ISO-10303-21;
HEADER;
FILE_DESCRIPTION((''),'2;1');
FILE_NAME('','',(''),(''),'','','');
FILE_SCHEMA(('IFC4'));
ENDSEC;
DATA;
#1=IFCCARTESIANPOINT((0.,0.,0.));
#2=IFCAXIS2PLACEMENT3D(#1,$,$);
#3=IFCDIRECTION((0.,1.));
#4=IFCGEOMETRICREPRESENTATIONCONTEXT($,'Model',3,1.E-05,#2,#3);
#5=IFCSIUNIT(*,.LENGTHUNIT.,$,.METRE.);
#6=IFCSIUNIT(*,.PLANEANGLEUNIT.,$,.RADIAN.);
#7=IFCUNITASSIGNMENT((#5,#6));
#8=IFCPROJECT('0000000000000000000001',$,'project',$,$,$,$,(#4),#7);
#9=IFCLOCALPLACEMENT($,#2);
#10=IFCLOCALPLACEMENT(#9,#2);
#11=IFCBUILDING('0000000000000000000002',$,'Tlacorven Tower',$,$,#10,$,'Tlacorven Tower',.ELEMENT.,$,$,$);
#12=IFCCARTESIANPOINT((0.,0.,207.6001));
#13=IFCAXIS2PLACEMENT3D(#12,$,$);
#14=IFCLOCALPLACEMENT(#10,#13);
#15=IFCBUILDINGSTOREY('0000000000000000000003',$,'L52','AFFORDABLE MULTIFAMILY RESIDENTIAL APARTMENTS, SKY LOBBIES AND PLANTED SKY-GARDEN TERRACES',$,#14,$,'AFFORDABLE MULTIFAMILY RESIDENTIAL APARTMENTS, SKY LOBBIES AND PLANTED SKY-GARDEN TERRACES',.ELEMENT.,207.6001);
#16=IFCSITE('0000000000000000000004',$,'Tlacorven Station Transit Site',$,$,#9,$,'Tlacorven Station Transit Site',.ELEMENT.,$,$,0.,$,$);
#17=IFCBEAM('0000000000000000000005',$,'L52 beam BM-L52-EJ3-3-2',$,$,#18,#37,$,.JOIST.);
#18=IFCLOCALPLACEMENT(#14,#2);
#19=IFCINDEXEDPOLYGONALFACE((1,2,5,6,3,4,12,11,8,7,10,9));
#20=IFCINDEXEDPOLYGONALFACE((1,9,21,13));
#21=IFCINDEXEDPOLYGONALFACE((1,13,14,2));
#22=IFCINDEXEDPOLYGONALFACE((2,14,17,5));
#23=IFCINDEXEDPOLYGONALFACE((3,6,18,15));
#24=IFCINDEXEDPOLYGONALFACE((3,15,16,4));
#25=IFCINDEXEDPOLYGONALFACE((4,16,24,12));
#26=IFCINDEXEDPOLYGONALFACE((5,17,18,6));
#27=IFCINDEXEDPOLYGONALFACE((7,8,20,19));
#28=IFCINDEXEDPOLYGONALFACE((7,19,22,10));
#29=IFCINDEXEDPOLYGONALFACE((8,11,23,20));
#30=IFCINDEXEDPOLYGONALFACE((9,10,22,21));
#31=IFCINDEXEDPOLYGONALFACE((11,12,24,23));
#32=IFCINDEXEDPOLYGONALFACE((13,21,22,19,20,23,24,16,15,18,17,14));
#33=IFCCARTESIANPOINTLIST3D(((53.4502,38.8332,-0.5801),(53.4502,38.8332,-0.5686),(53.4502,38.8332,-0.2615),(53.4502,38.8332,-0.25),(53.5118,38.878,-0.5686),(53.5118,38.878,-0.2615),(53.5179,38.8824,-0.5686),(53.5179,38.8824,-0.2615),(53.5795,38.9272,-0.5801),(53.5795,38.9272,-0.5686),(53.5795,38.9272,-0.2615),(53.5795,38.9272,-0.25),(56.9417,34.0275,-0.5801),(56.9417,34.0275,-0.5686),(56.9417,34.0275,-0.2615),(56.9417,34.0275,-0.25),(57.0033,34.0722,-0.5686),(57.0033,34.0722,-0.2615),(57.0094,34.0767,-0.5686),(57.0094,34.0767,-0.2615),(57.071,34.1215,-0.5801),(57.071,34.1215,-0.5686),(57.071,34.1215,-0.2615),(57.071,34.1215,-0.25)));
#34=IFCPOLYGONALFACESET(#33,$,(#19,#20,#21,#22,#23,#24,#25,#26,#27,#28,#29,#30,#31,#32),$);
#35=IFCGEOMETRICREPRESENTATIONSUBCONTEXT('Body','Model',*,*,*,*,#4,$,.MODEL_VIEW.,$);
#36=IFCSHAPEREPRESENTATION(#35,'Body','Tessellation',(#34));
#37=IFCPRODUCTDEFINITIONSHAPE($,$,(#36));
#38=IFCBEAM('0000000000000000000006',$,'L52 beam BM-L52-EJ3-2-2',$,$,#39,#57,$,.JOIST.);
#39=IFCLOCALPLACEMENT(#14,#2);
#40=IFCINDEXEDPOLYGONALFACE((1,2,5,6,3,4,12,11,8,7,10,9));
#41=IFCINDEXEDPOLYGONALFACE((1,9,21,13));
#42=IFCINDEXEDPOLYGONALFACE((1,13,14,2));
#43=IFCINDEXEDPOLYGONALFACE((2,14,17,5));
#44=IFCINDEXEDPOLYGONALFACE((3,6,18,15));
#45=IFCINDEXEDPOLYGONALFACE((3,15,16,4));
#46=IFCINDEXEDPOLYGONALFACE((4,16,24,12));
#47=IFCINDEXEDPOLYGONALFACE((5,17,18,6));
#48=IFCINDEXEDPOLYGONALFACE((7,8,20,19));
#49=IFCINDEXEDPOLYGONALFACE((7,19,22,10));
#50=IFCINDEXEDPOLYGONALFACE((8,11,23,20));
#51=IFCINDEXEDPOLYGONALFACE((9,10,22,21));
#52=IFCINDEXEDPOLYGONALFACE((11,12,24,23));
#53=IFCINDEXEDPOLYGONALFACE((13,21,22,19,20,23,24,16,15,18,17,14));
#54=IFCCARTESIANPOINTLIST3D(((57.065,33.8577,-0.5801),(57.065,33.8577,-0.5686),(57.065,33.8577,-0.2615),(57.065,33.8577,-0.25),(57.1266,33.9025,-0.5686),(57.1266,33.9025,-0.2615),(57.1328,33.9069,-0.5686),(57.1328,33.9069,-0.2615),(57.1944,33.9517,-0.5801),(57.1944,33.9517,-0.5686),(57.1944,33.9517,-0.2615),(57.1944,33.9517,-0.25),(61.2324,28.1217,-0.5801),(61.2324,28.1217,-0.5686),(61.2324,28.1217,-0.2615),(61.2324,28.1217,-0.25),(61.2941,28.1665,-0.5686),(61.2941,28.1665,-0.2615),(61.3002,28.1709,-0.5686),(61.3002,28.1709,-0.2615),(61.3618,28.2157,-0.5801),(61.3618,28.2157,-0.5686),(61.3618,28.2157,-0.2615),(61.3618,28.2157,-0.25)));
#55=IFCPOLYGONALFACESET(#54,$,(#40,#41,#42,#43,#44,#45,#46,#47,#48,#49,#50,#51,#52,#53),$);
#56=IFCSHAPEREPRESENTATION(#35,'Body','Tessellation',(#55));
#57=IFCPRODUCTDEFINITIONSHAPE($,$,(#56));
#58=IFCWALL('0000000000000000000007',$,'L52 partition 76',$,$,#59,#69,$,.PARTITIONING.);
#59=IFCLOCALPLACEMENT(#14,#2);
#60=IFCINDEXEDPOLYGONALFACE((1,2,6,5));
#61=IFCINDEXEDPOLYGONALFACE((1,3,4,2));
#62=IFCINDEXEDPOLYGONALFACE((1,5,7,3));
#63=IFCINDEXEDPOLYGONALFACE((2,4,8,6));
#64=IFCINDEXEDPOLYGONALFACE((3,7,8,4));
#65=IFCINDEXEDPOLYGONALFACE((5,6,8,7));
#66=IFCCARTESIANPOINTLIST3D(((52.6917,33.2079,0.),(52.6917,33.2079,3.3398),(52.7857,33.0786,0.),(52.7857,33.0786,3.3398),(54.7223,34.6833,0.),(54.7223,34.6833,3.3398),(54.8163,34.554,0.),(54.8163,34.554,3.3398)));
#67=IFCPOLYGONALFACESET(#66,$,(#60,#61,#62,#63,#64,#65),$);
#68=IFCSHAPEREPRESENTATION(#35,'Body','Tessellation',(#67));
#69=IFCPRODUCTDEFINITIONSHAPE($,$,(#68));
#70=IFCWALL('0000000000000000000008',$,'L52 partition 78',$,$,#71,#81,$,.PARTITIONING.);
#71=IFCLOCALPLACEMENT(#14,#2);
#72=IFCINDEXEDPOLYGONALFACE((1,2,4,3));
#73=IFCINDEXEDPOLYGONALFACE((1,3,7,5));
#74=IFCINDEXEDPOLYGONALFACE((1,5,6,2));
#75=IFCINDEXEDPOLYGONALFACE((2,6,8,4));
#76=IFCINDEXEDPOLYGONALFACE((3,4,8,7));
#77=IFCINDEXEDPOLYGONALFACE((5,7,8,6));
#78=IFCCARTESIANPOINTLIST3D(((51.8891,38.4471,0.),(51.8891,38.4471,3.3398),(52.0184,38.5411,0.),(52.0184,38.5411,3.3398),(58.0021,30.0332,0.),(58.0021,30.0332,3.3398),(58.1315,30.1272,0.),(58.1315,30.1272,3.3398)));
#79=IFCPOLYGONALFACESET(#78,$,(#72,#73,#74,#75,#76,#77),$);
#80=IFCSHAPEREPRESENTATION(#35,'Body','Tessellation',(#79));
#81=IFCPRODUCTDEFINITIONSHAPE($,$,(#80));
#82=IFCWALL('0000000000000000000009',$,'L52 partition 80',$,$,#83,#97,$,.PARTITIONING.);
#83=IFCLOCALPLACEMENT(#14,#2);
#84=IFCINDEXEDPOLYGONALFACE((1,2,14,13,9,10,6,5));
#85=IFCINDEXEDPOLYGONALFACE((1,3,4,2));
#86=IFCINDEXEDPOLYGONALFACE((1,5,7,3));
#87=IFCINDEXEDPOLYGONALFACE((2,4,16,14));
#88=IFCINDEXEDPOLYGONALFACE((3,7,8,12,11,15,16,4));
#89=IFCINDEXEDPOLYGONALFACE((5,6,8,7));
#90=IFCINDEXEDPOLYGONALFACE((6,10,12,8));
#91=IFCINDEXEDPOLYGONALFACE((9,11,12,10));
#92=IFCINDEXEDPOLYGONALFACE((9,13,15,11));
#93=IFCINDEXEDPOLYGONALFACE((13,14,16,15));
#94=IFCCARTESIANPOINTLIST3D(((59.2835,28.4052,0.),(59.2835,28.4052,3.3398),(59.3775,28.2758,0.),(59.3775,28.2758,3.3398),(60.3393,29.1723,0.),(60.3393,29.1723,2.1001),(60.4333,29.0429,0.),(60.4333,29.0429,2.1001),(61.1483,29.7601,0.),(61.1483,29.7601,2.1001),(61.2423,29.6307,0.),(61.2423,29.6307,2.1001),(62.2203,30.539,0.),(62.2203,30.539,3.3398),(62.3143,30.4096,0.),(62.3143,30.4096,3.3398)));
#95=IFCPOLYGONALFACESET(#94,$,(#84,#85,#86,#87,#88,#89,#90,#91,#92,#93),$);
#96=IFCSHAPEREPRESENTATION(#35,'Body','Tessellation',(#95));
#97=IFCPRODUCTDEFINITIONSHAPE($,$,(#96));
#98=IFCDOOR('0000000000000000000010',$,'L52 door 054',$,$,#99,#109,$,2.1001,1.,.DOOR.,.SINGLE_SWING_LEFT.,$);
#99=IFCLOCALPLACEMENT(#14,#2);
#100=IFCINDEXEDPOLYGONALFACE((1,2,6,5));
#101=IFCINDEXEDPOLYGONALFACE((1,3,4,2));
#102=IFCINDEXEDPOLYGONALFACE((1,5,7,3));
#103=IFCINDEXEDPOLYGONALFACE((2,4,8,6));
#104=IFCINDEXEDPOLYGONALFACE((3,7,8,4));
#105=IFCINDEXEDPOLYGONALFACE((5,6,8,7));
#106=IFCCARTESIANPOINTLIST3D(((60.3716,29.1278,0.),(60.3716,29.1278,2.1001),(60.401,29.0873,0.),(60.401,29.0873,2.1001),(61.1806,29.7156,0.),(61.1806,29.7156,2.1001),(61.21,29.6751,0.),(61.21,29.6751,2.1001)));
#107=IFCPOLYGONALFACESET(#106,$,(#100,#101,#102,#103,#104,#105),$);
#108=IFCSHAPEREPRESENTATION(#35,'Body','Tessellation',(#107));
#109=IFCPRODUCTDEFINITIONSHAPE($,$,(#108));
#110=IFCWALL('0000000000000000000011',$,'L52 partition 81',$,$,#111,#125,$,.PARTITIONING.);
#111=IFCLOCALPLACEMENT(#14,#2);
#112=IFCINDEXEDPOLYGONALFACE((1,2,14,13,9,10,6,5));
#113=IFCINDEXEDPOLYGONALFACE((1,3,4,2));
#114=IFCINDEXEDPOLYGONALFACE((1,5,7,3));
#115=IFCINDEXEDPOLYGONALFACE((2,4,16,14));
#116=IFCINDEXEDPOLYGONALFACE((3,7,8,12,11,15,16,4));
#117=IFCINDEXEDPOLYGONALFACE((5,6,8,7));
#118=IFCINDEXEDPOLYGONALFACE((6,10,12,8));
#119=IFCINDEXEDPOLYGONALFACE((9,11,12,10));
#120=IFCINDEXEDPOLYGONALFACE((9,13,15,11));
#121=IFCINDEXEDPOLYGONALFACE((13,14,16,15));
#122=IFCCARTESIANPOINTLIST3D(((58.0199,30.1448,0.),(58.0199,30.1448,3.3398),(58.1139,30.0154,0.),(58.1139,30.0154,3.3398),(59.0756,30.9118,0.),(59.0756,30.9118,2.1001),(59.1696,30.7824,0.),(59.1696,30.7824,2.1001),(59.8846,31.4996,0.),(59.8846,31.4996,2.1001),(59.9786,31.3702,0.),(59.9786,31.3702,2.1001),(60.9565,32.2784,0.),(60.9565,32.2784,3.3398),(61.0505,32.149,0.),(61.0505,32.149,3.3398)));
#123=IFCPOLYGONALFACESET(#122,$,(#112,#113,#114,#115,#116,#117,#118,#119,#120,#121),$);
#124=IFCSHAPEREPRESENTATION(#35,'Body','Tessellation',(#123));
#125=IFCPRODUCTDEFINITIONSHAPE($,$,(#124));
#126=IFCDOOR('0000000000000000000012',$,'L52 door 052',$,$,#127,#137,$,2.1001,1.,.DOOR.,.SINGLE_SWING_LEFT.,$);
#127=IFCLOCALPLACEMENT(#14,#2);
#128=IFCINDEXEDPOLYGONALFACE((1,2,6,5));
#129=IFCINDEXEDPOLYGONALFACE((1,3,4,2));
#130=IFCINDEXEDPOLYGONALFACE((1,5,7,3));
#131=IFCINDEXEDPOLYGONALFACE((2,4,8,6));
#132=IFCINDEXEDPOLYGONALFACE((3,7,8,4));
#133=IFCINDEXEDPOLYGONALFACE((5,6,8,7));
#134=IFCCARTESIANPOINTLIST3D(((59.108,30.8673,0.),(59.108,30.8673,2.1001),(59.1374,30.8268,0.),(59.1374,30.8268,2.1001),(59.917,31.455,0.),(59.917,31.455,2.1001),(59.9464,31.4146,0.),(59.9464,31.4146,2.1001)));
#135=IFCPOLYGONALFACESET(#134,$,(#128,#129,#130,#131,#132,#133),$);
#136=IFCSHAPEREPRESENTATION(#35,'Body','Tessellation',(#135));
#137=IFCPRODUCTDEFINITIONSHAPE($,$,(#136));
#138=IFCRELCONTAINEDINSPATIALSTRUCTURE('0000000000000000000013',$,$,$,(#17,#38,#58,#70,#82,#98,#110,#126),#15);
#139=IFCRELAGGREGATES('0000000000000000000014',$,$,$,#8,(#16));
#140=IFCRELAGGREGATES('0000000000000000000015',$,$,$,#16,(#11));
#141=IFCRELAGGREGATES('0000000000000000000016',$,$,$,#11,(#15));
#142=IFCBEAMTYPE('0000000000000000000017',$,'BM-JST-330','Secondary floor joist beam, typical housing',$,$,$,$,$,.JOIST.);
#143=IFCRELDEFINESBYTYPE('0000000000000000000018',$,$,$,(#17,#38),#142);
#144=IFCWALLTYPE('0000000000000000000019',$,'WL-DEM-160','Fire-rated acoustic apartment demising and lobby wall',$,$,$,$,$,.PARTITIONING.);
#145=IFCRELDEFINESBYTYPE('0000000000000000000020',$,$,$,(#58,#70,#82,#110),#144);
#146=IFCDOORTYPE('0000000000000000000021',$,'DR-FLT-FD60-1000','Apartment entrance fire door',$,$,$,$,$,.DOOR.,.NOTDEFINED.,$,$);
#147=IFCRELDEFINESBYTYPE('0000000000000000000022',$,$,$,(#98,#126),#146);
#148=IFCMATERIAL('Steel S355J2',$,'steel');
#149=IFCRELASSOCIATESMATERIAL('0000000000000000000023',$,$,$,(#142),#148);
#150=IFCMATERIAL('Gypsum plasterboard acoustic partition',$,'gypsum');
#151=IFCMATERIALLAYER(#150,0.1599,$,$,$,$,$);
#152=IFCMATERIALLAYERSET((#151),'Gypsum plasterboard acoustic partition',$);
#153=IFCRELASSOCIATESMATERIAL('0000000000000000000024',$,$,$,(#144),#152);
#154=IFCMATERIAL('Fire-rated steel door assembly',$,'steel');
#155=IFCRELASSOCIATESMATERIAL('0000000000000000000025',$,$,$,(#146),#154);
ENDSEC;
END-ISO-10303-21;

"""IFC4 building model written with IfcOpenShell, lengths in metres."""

from ifc_helpers import new_model, si_unit, direction, frame, frame_2d, origin, origin_2d, place, context, subcontext, project, spatial, rectangle, i_section, extrude, source, transform, mapped, material, layer, layer_set, material_profile, profile_set, type_object, element, fill, save


model = new_model("IFC4")

# Units and contexts
model_context = context("Model", 3, precision=1e-05, world=origin(), true_north=direction((0.0, 1.0)))
body_context = subcontext(model_context, "Body", "Model", "MODEL_VIEW")
ifc_project = project(units=[si_unit("LENGTHUNIT", "METRE"), si_unit("PLANEANGLEUNIT", "RADIAN")], contexts=[model_context])

# Site, building, storey
site_placement = place(None, origin())
site = spatial("IfcSite", under=ifc_project, at=site_placement, Name="Tlacorven Station Transit Site", LongName="Tlacorven Station Transit Site", CompositionType="ELEMENT", RefElevation=0.0)
building_placement = place(site_placement, origin())
building = spatial("IfcBuilding", under=site, at=building_placement, Name="Tlacorven Tower", LongName="Tlacorven Tower", CompositionType="ELEMENT")
storey_placement = place(building_placement, frame((0.0, 0.0, 207.6001)))
storey = spatial("IfcBuildingStorey", under=building, at=storey_placement, Name="L52", Description="AFFORDABLE MULTIFAMILY RESIDENTIAL APARTMENTS, SKY LOBBIES AND PLANTED SKY-GARDEN TERRACES", LongName="AFFORDABLE MULTIFAMILY RESIDENTIAL APARTMENTS, SKY LOBBIES AND PLANTED SKY-GARDEN TERRACES", CompositionType="ELEMENT", Elevation=207.6001)

# Beams
ifc_material_1 = material(Name="Steel S355J2", Category="steel")
ifc_material_profile_1 = material_profile(ifc_material_1, i_section(OverallWidth=0.1599, OverallDepth=0.3301, WebThickness=0.0076, FlangeThickness=0.0115, at=origin_2d()), Name="IPE 330")
ifc_profile_set_1 = profile_set([ifc_material_profile_1], Name="Steel S355J2")
beam_type_1 = type_object("IfcBeamType", Name="BM-JST-330", Description="Secondary floor joist beam, typical housing", PredefinedType="JOIST", material=ifc_profile_set_1)
shared_shape_1 = source(origin(), body_context, "Body", "SweptSolid", [
    extrude(i_section(OverallWidth=0.1599, OverallDepth=0.3301, WebThickness=0.0076, FlangeThickness=0.0115, at=origin_2d()), origin(), (0.0, 0.0, 1.0), 5.9402),
])
for number, where, z_axis, x_axis, name in (
    (1, (57.0063, 34.0745, -0.415), (-0.587778, 0.809022, 0.0), (-0.809022, -0.587778, 0.0), "L52 beam BM-L52-EJ3-3-2"),
):
    element("IfcBeam", number, at=place(storey_placement, frame(where, z_axis=z_axis, x_axis=x_axis)), inside=storey, type_object=beam_type_1, Name=name, PredefinedType="JOIST", context=body_context, shape_type="MappedRepresentation", body=[
        mapped(shared_shape_1, transform((0.0, 0.0, 0.0), scale=1.0)),
    ])
shared_shape_2 = source(origin(), body_context, "Body", "SweptSolid", [
    extrude(i_section(OverallWidth=0.1599, OverallDepth=0.3301, WebThickness=0.0076, FlangeThickness=0.0115, at=origin_2d()), origin(), (0.0, 0.0, 1.0), 7.0901),
])
beam_1_placement = place(storey_placement, frame((61.2971, 28.1687, -0.415), z_axis=(-0.587783, 0.809019, 0.0), x_axis=(-0.809019, -0.587783, 0.0)))
element("IfcBeam", 2, at=beam_1_placement, inside=storey, type_object=beam_type_1, Name="L52 beam BM-L52-EJ3-2-2", PredefinedType="JOIST", context=body_context, shape_type="MappedRepresentation", body=[
    mapped(shared_shape_2, transform((0.0, 0.0, 0.0), scale=1.0)),
])

# Walls
ifc_material_2 = material(Name="Gypsum plasterboard acoustic partition", Category="gypsum")
ifc_layer_1 = layer(ifc_material_2, 0.1599)
ifc_layer_set_1 = layer_set([ifc_layer_1], Name="Gypsum plasterboard acoustic partition")
wall_type_1 = type_object("IfcWallType", Name="WL-DEM-160", Description="Fire-rated acoustic apartment demising and lobby wall", PredefinedType="PARTITIONING", material=ifc_layer_set_1)
wall_1_placement = place(storey_placement, frame((52.7388, 33.1433, 0.0), z_axis=(0.0, 0.0, 1.0), x_axis=(0.809001, 0.587807, 0.0)))
element("IfcWall", 3, at=wall_1_placement, inside=storey, type_object=wall_type_1, Name="L52 partition 76", PredefinedType="PARTITIONING", context=body_context, shape_type="SweptSolid", body=[
    extrude(rectangle(XDim=2.51, YDim=0.1599, at=frame_2d((1.2549, 0.0))), origin(), (0.0, 0.0, 1.0), 3.3398),
])
wall_2_placement = place(storey_placement, frame((58.0669, 30.0801, 0.0), z_axis=(0.0, 0.0, 1.0), x_axis=(-0.587788, 0.809015, 0.0)))
element("IfcWall", 4, at=wall_2_placement, inside=storey, type_object=wall_type_1, Name="L52 partition 78", PredefinedType="PARTITIONING", context=body_context, shape_type="SweptSolid", body=[
    extrude(rectangle(XDim=10.4001, YDim=0.1599, at=frame_2d((5.2002, 0.0))), origin(), (0.0, 0.0, 1.0), 3.3398),
])

# Walls, openings, doors
wall_3_placement = place(storey_placement, frame((59.3306, 28.3406, 0.0), z_axis=(0.0, 0.0, 1.0), x_axis=(0.809004, 0.587804, 0.0)))
wall_3 = element("IfcWall", 5, at=wall_3_placement, inside=storey, type_object=wall_type_1, Name="L52 partition 80", PredefinedType="PARTITIONING", context=body_context, shape_type="SweptSolid", body=[
    extrude(rectangle(XDim=3.6301, YDim=0.1599, at=frame_2d((1.8149, 0.0))), origin(), (0.0, 0.0, 1.0), 3.3398),
])
opening_1_placement = place(wall_3_placement, frame((1.3049, 0.0, 0.0)))
opening_1 = element("IfcOpeningElement", 6, at=opening_1_placement, cuts=wall_3, PredefinedType="OPENING", context=body_context, shape_type="SweptSolid", body=[
    extrude(rectangle(XDim=1.0, YDim=2.1001, at=frame_2d((0.5, 1.05))), frame((0.0, 0.0898, 0.0), z_axis=(0.0, -1.0, 0.0), x_axis=(1.0, 0.0, 0.0)), (0.0, 0.0, 1.0), 0.1799),
])
ifc_material_3 = material(Name="Fire-rated steel door assembly", Category="steel")
door_type_1 = type_object("IfcDoorType", Name="DR-FLT-FD60-1000", Description="Apartment entrance fire door", OperationType="NOTDEFINED", PredefinedType="DOOR", material=ifc_material_3)
shared_shape_3 = source(origin(), body_context, "Body", "SweptSolid", [
    extrude(rectangle(XDim=1.0, YDim=2.1001, at=frame_2d((0.5, 1.05))), frame((0.0, 0.0249, 0.0), z_axis=(0.0, -1.0, 0.0), x_axis=(1.0, 0.0, 0.0)), (0.0, 0.0, 1.0), 0.05),
])
door_1_placement = place(opening_1_placement, origin())
door_1 = element("IfcDoor", 7, at=door_1_placement, inside=storey, type_object=door_type_1, Name="L52 door 054", OperationType="SINGLE_SWING_LEFT", OverallHeight=2.1001, OverallWidth=1.0, PredefinedType="DOOR", context=body_context, shape_type="MappedRepresentation", body=[
    mapped(shared_shape_3, transform((0.0, 0.0, 0.0), scale=1.0)),
])
fill(opening_1, door_1)
wall_4_placement = place(storey_placement, frame((58.0669, 30.0801, 0.0), z_axis=(0.0, 0.0, 1.0), x_axis=(0.809012, 0.587792, 0.0)))
wall_4 = element("IfcWall", 8, at=wall_4_placement, inside=storey, type_object=wall_type_1, Name="L52 partition 81", PredefinedType="PARTITIONING", context=body_context, shape_type="SweptSolid", body=[
    extrude(rectangle(XDim=3.6299, YDim=0.1599, at=frame_2d((1.8149, 0.0))), origin(), (0.0, 0.0, 1.0), 3.3398),
])
opening_2_placement = place(wall_4_placement, frame((1.3049, 0.0, 0.0)))
opening_2 = element("IfcOpeningElement", 9, at=opening_2_placement, cuts=wall_4, PredefinedType="OPENING", context=body_context, shape_type="SweptSolid", body=[
    extrude(rectangle(XDim=1.0, YDim=2.1001, at=frame_2d((0.5, 1.05))), frame((0.0, 0.0898, 0.0), z_axis=(0.0, -1.0, 0.0), x_axis=(1.0, 0.0, 0.0)), (0.0, 0.0, 1.0), 0.1799),
])
door_2_placement = place(opening_2_placement, origin())
door_2 = element("IfcDoor", 10, at=door_2_placement, inside=storey, type_object=door_type_1, Name="L52 door 052", OperationType="SINGLE_SWING_LEFT", OverallHeight=2.1001, OverallWidth=1.0, PredefinedType="DOOR", context=body_context, shape_type="MappedRepresentation", body=[
    mapped(shared_shape_3, transform((0.0, 0.0, 0.0), scale=1.0)),
])
fill(opening_2, door_2)

save(model, "model.ifc")
